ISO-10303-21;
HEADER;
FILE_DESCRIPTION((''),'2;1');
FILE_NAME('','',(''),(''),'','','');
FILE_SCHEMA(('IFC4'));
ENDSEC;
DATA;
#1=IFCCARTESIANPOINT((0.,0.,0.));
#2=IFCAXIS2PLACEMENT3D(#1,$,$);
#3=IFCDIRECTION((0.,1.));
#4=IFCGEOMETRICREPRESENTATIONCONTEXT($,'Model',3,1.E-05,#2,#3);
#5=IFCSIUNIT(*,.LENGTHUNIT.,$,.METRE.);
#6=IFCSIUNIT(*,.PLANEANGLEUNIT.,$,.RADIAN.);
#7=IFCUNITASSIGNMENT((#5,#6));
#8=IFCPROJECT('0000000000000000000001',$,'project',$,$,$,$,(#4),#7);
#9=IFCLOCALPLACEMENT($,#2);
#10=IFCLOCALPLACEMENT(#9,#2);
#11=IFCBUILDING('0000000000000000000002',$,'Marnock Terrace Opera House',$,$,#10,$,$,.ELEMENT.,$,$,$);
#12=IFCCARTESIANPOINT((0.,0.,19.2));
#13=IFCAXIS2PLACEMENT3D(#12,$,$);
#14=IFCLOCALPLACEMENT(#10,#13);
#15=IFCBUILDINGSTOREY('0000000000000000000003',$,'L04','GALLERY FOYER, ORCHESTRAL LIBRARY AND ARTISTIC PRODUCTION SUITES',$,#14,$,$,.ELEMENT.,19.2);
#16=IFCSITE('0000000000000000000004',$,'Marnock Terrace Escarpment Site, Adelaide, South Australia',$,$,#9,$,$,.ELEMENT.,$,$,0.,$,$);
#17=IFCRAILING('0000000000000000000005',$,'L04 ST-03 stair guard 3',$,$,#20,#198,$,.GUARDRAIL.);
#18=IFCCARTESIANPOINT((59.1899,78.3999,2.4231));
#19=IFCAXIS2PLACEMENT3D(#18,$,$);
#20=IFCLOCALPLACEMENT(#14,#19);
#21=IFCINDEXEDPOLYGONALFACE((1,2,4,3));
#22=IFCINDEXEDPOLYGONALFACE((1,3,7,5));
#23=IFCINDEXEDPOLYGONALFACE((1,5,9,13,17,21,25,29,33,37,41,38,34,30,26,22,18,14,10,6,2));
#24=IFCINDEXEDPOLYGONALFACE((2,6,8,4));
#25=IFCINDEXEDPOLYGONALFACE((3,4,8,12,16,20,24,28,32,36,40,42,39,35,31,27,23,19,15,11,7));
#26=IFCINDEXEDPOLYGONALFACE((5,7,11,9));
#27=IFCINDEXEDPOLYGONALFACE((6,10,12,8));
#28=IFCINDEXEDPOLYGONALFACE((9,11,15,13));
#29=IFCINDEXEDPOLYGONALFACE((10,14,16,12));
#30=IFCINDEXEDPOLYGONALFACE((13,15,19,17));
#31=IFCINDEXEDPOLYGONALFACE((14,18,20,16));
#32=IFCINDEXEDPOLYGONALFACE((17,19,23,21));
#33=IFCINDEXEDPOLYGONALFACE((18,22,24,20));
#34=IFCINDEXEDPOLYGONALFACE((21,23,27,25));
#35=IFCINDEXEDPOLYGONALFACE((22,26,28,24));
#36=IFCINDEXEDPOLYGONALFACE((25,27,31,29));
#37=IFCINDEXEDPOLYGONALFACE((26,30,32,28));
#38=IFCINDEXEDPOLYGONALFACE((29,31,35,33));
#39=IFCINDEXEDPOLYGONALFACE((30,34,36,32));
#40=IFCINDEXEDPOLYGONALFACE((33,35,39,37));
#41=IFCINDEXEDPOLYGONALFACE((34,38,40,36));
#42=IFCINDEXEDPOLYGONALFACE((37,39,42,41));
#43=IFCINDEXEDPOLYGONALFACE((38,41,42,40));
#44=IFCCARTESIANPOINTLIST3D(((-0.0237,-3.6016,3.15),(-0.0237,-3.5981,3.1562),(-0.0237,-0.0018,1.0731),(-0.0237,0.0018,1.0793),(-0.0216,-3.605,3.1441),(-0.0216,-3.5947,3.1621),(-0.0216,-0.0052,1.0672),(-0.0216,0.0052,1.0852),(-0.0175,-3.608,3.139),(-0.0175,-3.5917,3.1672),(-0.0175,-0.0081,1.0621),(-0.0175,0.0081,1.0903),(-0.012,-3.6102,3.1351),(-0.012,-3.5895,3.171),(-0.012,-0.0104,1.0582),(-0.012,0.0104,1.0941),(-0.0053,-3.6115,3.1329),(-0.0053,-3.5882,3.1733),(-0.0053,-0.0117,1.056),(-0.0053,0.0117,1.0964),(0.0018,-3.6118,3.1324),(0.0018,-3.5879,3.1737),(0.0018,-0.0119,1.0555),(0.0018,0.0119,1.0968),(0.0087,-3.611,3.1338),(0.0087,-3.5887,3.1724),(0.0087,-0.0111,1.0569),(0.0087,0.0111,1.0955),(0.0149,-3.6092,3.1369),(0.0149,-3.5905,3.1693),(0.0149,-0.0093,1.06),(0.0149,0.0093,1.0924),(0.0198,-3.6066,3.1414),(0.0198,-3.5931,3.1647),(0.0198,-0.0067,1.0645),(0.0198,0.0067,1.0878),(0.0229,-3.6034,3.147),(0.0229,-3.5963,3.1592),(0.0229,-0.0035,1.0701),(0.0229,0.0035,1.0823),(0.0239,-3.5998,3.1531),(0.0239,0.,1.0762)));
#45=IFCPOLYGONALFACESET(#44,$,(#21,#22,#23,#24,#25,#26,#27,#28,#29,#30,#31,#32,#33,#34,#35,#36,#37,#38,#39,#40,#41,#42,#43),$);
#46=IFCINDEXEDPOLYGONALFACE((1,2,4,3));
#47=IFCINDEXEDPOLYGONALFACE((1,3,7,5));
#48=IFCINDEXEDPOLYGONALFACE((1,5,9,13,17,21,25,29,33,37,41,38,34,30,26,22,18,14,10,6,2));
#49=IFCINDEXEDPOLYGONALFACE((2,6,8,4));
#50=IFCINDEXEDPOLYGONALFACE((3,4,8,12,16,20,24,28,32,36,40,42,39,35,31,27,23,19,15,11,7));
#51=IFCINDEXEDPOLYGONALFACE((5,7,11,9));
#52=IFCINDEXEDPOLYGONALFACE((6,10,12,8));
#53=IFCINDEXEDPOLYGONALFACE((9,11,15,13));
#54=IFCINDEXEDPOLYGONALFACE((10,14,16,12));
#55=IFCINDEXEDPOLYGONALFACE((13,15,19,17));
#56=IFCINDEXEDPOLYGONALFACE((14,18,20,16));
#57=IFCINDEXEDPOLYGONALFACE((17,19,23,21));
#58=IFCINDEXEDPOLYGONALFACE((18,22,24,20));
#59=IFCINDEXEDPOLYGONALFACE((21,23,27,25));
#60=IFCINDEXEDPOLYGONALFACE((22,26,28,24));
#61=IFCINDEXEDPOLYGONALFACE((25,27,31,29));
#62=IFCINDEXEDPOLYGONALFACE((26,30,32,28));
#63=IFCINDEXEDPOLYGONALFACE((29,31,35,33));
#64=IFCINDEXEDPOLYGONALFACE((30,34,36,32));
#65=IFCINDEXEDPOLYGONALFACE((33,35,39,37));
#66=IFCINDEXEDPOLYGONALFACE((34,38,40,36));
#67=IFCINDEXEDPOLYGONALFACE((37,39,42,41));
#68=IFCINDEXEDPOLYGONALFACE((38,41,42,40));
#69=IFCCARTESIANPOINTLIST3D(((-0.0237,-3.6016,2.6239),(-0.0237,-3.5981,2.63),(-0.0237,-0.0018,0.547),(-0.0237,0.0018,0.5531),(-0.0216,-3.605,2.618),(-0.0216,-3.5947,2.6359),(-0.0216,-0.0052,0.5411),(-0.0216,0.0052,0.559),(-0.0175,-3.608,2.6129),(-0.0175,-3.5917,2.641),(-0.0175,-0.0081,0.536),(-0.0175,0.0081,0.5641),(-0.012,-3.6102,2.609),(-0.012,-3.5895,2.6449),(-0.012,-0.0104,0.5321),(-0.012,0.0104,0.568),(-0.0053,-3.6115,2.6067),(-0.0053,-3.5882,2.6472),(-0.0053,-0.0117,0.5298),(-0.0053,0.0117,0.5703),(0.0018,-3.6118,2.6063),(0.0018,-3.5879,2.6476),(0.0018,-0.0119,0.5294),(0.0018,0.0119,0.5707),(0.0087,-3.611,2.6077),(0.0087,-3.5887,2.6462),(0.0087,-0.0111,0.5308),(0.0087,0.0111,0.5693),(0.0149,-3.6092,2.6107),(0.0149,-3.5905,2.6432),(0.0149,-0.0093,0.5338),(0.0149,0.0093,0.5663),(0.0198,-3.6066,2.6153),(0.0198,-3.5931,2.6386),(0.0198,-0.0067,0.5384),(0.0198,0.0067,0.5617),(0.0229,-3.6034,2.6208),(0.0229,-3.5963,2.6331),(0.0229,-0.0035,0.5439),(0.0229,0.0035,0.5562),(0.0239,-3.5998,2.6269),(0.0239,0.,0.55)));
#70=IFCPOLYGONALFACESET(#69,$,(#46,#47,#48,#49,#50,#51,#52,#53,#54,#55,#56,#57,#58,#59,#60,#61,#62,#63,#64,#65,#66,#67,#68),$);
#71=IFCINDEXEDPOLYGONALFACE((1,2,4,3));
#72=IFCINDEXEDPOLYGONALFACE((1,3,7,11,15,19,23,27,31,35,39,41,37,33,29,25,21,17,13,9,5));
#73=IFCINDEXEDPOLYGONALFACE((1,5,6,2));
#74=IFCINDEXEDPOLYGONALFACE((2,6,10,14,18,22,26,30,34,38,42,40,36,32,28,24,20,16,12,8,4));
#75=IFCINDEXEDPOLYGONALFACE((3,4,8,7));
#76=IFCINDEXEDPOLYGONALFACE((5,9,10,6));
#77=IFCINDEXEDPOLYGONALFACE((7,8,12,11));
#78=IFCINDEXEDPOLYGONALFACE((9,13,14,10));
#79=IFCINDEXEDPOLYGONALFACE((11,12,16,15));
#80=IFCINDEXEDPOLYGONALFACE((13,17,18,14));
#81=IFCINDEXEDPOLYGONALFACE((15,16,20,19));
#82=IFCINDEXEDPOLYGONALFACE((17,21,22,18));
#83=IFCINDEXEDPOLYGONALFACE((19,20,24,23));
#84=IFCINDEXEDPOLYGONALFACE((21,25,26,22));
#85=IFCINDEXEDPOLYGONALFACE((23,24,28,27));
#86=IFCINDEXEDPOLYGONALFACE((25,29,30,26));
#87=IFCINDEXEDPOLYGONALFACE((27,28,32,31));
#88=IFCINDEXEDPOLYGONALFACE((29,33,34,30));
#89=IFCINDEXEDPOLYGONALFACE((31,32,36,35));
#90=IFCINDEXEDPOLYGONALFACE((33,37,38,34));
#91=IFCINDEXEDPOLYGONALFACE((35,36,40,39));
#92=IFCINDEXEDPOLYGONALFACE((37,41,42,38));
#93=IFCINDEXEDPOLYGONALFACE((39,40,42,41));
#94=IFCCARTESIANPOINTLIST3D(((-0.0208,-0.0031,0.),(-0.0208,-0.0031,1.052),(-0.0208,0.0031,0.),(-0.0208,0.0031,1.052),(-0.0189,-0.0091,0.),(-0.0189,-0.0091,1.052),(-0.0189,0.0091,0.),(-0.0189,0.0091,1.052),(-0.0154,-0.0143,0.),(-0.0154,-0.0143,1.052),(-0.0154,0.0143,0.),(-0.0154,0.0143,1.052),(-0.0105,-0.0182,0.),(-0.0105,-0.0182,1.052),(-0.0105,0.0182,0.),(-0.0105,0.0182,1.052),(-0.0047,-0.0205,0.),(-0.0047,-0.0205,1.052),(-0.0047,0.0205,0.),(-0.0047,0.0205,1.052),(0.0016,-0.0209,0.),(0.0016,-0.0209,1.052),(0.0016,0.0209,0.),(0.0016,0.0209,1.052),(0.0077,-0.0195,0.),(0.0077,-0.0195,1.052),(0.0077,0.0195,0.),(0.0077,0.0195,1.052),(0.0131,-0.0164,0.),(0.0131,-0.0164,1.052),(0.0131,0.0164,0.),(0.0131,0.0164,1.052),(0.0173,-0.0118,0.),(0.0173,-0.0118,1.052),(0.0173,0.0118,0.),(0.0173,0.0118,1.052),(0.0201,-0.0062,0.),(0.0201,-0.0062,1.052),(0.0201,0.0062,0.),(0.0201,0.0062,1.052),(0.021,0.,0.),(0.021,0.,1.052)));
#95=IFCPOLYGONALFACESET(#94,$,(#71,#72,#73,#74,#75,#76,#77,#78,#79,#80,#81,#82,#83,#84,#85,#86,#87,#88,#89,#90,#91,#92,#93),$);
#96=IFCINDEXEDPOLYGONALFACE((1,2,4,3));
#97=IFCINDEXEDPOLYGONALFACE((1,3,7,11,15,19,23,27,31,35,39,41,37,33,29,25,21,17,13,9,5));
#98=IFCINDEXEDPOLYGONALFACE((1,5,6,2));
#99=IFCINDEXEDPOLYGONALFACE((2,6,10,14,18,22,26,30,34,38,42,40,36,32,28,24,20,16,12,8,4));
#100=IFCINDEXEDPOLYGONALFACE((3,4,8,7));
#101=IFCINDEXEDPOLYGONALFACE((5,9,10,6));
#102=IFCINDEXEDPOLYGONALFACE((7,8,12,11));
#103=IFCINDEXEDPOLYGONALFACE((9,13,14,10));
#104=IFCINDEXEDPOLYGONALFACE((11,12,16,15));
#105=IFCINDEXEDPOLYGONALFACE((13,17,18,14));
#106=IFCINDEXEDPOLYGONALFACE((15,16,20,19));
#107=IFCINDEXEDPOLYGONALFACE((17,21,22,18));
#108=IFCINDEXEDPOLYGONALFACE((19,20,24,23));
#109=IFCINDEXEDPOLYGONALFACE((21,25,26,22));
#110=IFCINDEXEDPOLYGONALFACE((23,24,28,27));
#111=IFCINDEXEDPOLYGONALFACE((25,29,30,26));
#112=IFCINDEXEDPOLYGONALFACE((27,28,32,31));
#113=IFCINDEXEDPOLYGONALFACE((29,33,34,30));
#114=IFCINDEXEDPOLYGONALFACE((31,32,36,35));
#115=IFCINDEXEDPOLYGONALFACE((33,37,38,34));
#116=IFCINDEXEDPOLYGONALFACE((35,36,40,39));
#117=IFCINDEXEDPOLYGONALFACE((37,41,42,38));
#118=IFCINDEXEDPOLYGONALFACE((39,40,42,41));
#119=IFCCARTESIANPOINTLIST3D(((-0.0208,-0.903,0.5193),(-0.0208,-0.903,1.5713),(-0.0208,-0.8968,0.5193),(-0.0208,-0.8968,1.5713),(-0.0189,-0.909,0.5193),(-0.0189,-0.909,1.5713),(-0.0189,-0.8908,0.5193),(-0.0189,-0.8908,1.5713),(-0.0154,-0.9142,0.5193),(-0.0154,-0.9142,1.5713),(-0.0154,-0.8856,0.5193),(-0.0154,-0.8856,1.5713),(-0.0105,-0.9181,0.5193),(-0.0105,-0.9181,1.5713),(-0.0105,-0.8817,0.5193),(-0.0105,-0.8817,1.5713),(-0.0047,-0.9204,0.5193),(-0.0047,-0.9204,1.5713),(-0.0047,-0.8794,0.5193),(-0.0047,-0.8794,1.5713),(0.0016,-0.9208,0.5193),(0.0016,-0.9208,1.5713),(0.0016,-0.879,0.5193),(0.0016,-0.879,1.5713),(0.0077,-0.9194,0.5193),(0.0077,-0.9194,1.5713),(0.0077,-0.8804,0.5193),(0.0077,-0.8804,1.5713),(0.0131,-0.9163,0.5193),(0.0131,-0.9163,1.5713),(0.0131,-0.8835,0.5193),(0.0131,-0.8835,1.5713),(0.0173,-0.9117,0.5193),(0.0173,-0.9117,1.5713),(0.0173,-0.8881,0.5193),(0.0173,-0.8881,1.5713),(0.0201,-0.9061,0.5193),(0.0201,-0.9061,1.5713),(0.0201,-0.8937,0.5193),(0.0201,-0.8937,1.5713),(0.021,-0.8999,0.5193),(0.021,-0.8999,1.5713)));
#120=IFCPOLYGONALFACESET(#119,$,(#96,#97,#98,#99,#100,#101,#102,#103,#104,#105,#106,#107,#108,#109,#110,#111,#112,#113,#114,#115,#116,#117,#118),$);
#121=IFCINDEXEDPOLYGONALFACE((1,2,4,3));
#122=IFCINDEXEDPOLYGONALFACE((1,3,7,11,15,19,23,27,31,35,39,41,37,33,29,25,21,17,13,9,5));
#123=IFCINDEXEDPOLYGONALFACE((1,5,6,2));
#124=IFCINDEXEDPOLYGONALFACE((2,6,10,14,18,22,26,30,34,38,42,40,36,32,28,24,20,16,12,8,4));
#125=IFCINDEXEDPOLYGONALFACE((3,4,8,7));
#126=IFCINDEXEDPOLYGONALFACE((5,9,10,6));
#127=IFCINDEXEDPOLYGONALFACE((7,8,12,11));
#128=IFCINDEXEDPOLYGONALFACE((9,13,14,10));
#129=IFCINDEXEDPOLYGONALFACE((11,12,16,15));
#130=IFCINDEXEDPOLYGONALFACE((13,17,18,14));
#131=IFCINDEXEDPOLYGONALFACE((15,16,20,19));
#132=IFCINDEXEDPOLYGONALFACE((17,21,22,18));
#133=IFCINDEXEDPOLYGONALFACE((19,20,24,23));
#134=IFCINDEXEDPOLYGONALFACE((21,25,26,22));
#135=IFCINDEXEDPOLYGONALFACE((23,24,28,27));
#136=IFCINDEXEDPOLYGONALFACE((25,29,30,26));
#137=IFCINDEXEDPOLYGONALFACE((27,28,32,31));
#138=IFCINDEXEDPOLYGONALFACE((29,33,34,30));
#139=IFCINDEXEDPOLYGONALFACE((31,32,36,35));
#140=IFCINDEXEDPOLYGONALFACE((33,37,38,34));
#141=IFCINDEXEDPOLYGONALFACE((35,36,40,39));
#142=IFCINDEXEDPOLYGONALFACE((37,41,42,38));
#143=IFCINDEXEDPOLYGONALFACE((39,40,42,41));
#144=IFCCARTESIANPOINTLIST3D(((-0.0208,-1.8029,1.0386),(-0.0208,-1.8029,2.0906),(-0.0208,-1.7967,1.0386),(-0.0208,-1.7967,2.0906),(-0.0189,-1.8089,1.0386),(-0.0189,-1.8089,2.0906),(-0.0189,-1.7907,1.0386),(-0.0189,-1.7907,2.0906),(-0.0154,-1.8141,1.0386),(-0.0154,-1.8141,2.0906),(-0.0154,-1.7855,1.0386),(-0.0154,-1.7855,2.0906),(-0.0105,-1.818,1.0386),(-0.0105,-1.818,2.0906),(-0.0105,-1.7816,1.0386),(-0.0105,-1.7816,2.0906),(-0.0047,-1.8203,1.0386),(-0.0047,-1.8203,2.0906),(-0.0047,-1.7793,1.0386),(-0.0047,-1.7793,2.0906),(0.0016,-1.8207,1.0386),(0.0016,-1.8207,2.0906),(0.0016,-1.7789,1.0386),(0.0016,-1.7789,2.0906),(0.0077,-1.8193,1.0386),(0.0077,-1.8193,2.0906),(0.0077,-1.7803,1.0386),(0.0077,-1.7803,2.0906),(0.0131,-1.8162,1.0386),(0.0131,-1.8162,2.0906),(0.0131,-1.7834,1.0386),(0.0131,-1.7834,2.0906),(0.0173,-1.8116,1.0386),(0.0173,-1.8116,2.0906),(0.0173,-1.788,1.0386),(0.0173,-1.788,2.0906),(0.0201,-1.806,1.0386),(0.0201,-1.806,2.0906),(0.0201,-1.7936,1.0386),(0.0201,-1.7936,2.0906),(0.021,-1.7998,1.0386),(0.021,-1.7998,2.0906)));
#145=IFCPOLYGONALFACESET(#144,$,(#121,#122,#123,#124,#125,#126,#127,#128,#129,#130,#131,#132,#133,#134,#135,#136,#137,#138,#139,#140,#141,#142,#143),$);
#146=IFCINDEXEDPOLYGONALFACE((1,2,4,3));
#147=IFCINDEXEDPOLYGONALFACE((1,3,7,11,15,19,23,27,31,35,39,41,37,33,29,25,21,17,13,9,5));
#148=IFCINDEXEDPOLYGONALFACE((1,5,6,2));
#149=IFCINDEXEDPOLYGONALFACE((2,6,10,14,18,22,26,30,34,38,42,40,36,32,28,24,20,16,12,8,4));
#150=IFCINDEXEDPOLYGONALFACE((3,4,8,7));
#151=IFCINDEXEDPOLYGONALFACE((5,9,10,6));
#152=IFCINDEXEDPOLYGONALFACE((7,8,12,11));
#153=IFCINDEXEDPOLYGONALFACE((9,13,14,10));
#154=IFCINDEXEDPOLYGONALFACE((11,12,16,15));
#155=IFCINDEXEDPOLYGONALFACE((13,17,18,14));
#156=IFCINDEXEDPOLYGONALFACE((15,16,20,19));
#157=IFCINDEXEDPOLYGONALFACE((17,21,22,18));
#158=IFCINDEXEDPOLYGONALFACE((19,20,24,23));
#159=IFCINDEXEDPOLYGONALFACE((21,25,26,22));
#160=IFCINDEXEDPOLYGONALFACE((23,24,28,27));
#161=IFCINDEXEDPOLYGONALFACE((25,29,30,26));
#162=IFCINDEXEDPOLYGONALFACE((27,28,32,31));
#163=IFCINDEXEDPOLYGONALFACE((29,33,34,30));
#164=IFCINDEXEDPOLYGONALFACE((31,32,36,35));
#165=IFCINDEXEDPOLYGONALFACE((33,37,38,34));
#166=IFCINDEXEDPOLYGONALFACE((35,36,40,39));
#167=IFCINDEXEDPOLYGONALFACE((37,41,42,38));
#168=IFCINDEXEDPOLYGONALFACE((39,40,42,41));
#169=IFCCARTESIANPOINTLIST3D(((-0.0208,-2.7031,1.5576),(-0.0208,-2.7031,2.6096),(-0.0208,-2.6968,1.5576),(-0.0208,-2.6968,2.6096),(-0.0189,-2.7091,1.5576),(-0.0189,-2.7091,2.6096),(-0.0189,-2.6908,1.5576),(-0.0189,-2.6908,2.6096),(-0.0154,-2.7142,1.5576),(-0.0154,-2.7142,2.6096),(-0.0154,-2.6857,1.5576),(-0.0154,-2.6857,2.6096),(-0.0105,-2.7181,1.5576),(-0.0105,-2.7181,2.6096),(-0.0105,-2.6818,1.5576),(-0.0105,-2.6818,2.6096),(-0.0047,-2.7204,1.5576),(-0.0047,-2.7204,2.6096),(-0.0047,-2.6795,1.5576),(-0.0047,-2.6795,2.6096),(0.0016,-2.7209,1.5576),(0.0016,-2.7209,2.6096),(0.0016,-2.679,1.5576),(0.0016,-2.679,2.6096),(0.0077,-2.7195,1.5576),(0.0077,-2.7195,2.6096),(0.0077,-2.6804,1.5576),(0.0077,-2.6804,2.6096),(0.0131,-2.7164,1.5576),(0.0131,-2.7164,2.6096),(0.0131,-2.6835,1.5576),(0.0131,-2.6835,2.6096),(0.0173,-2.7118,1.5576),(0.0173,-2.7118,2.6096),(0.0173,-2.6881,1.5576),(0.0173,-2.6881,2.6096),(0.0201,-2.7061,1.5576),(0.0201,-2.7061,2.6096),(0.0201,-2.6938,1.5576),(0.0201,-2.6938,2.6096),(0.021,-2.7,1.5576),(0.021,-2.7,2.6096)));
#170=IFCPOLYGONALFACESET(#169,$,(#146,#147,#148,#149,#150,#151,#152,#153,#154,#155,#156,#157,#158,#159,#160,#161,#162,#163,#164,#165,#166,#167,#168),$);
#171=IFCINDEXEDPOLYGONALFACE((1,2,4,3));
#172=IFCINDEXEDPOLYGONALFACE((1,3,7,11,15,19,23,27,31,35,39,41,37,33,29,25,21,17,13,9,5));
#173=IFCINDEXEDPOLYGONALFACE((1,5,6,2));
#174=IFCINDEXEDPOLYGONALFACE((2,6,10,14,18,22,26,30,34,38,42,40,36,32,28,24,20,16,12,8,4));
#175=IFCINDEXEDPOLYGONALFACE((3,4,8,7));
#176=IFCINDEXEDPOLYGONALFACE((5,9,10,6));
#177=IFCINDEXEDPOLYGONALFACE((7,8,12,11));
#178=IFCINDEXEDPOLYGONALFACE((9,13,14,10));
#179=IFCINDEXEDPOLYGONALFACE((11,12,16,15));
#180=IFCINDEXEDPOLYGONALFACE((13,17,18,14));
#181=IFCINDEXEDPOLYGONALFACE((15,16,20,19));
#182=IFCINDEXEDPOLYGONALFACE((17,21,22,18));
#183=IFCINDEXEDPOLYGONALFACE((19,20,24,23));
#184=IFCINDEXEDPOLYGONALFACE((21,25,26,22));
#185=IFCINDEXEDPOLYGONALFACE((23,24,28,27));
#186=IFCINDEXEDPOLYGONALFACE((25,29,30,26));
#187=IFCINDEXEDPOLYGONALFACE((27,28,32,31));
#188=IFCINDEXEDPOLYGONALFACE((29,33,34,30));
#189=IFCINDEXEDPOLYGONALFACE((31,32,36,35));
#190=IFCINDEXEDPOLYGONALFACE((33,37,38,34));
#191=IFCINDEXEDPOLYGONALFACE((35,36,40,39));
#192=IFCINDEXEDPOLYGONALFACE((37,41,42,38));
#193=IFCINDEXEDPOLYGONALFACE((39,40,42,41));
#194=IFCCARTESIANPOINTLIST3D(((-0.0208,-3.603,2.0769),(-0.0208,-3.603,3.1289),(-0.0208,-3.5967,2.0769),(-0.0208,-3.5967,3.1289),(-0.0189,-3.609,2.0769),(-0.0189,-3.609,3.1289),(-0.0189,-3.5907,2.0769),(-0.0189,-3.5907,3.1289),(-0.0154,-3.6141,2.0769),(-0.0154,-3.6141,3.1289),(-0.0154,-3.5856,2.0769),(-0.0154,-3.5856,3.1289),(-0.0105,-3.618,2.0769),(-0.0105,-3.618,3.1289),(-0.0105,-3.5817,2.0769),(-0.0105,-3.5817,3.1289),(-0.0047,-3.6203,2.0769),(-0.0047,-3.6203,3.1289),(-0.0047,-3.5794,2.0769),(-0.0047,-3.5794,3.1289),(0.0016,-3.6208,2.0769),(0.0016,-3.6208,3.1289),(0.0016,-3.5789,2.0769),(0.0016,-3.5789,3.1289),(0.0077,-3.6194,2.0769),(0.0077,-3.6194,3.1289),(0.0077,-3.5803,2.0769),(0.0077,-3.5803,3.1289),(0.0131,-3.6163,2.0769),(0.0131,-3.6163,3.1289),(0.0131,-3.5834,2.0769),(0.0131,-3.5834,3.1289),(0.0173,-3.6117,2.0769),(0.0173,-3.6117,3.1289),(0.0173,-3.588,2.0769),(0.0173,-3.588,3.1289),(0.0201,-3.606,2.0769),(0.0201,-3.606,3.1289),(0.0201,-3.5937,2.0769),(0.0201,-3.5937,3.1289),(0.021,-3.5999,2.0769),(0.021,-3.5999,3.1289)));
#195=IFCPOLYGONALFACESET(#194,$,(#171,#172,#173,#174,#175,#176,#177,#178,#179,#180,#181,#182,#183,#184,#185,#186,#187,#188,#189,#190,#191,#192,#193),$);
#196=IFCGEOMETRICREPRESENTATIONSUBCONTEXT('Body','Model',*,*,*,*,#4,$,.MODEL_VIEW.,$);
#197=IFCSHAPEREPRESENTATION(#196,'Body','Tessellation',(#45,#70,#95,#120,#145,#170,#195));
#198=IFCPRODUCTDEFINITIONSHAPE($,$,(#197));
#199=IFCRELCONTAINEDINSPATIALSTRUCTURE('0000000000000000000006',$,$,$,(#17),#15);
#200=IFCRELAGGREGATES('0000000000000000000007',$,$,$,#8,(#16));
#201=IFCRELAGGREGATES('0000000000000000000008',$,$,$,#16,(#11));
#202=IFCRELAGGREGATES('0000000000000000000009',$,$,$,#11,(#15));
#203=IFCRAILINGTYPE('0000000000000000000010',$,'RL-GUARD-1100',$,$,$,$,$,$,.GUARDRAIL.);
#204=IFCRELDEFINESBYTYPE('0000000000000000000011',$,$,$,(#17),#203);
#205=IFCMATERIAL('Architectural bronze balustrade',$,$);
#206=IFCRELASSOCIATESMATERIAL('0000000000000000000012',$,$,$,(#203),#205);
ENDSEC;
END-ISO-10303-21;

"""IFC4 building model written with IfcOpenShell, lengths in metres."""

from ifc_helpers import new_model, si_unit, direction, frame, origin, origin_2d, place, context, subcontext, project, spatial, circle, extrude, material, type_object, element, save


model = new_model("IFC4")

# Units and contexts
model_context = context("Model", 3, precision=1e-05, world=origin(), true_north=direction((0.0, 1.0)))
body_context = subcontext(model_context, "Body", "Model", "MODEL_VIEW")
ifc_project = project(units=[si_unit("LENGTHUNIT", "METRE"), si_unit("PLANEANGLEUNIT", "RADIAN")], contexts=[model_context])

# Site, building, storey
site_placement = place(None, origin())
site = spatial("IfcSite", under=ifc_project, at=site_placement, Name="Marnock Terrace Escarpment Site, Adelaide, South Australia", CompositionType="ELEMENT", RefElevation=0.0)
building_placement = place(site_placement, origin())
building = spatial("IfcBuilding", under=site, at=building_placement, Name="Marnock Terrace Opera House", CompositionType="ELEMENT")
storey_placement = place(building_placement, frame((0.0, 0.0, 19.2)))
storey = spatial("IfcBuildingStorey", under=building, at=storey_placement, Name="L04", Description="GALLERY FOYER, ORCHESTRAL LIBRARY AND ARTISTIC PRODUCTION SUITES", CompositionType="ELEMENT", Elevation=19.2)

# Railing
ifc_material_1 = material(Name="Architectural bronze balustrade")
railing_type_1 = type_object("IfcRailingType", Name="RL-GUARD-1100", PredefinedType="GUARDRAIL", material=ifc_material_1)
railing_1_placement = place(storey_placement, frame((59.1899, 78.3999, 2.4231)))
element("IfcRailing", 1, at=railing_1_placement, inside=storey, type_object=railing_type_1, Name="L04 ST-03 stair guard 3", PredefinedType="GUARDRAIL", context=body_context, shape_type="SweptSolid", body=[
    extrude(circle(Radius=0.0239, at=origin_2d()), frame((0.0, 0.0, 1.0762), z_axis=(0.0, -0.866179, 0.499734), x_axis=(1.0, 0.0, 0.0)), (0.0, 0.0, 1.0), 4.156),
    extrude(circle(Radius=0.0239, at=origin_2d()), frame((0.0, 0.0, 0.55), z_axis=(0.0, -0.866179, 0.499734), x_axis=(1.0, 0.0, 0.0)), (0.0, 0.0, 1.0), 4.156),
    extrude(circle(Radius=0.021, at=origin_2d()), origin(), (0.0, 0.0, 1.0), 1.052),
    extrude(circle(Radius=0.021, at=origin_2d()), frame((0.0, -0.8999, 0.5193)), (0.0, 0.0, 1.0), 1.052),
    extrude(circle(Radius=0.021, at=origin_2d()), frame((0.0, -1.7998, 1.0386)), (0.0, 0.0, 1.0), 1.052),
    extrude(circle(Radius=0.021, at=origin_2d()), frame((0.0, -2.7, 1.5576)), (0.0, 0.0, 1.0), 1.052),
    extrude(circle(Radius=0.021, at=origin_2d()), frame((0.0, -3.5999, 2.0769)), (0.0, 0.0, 1.0), 1.052),
])

save(model, "model.ifc")
